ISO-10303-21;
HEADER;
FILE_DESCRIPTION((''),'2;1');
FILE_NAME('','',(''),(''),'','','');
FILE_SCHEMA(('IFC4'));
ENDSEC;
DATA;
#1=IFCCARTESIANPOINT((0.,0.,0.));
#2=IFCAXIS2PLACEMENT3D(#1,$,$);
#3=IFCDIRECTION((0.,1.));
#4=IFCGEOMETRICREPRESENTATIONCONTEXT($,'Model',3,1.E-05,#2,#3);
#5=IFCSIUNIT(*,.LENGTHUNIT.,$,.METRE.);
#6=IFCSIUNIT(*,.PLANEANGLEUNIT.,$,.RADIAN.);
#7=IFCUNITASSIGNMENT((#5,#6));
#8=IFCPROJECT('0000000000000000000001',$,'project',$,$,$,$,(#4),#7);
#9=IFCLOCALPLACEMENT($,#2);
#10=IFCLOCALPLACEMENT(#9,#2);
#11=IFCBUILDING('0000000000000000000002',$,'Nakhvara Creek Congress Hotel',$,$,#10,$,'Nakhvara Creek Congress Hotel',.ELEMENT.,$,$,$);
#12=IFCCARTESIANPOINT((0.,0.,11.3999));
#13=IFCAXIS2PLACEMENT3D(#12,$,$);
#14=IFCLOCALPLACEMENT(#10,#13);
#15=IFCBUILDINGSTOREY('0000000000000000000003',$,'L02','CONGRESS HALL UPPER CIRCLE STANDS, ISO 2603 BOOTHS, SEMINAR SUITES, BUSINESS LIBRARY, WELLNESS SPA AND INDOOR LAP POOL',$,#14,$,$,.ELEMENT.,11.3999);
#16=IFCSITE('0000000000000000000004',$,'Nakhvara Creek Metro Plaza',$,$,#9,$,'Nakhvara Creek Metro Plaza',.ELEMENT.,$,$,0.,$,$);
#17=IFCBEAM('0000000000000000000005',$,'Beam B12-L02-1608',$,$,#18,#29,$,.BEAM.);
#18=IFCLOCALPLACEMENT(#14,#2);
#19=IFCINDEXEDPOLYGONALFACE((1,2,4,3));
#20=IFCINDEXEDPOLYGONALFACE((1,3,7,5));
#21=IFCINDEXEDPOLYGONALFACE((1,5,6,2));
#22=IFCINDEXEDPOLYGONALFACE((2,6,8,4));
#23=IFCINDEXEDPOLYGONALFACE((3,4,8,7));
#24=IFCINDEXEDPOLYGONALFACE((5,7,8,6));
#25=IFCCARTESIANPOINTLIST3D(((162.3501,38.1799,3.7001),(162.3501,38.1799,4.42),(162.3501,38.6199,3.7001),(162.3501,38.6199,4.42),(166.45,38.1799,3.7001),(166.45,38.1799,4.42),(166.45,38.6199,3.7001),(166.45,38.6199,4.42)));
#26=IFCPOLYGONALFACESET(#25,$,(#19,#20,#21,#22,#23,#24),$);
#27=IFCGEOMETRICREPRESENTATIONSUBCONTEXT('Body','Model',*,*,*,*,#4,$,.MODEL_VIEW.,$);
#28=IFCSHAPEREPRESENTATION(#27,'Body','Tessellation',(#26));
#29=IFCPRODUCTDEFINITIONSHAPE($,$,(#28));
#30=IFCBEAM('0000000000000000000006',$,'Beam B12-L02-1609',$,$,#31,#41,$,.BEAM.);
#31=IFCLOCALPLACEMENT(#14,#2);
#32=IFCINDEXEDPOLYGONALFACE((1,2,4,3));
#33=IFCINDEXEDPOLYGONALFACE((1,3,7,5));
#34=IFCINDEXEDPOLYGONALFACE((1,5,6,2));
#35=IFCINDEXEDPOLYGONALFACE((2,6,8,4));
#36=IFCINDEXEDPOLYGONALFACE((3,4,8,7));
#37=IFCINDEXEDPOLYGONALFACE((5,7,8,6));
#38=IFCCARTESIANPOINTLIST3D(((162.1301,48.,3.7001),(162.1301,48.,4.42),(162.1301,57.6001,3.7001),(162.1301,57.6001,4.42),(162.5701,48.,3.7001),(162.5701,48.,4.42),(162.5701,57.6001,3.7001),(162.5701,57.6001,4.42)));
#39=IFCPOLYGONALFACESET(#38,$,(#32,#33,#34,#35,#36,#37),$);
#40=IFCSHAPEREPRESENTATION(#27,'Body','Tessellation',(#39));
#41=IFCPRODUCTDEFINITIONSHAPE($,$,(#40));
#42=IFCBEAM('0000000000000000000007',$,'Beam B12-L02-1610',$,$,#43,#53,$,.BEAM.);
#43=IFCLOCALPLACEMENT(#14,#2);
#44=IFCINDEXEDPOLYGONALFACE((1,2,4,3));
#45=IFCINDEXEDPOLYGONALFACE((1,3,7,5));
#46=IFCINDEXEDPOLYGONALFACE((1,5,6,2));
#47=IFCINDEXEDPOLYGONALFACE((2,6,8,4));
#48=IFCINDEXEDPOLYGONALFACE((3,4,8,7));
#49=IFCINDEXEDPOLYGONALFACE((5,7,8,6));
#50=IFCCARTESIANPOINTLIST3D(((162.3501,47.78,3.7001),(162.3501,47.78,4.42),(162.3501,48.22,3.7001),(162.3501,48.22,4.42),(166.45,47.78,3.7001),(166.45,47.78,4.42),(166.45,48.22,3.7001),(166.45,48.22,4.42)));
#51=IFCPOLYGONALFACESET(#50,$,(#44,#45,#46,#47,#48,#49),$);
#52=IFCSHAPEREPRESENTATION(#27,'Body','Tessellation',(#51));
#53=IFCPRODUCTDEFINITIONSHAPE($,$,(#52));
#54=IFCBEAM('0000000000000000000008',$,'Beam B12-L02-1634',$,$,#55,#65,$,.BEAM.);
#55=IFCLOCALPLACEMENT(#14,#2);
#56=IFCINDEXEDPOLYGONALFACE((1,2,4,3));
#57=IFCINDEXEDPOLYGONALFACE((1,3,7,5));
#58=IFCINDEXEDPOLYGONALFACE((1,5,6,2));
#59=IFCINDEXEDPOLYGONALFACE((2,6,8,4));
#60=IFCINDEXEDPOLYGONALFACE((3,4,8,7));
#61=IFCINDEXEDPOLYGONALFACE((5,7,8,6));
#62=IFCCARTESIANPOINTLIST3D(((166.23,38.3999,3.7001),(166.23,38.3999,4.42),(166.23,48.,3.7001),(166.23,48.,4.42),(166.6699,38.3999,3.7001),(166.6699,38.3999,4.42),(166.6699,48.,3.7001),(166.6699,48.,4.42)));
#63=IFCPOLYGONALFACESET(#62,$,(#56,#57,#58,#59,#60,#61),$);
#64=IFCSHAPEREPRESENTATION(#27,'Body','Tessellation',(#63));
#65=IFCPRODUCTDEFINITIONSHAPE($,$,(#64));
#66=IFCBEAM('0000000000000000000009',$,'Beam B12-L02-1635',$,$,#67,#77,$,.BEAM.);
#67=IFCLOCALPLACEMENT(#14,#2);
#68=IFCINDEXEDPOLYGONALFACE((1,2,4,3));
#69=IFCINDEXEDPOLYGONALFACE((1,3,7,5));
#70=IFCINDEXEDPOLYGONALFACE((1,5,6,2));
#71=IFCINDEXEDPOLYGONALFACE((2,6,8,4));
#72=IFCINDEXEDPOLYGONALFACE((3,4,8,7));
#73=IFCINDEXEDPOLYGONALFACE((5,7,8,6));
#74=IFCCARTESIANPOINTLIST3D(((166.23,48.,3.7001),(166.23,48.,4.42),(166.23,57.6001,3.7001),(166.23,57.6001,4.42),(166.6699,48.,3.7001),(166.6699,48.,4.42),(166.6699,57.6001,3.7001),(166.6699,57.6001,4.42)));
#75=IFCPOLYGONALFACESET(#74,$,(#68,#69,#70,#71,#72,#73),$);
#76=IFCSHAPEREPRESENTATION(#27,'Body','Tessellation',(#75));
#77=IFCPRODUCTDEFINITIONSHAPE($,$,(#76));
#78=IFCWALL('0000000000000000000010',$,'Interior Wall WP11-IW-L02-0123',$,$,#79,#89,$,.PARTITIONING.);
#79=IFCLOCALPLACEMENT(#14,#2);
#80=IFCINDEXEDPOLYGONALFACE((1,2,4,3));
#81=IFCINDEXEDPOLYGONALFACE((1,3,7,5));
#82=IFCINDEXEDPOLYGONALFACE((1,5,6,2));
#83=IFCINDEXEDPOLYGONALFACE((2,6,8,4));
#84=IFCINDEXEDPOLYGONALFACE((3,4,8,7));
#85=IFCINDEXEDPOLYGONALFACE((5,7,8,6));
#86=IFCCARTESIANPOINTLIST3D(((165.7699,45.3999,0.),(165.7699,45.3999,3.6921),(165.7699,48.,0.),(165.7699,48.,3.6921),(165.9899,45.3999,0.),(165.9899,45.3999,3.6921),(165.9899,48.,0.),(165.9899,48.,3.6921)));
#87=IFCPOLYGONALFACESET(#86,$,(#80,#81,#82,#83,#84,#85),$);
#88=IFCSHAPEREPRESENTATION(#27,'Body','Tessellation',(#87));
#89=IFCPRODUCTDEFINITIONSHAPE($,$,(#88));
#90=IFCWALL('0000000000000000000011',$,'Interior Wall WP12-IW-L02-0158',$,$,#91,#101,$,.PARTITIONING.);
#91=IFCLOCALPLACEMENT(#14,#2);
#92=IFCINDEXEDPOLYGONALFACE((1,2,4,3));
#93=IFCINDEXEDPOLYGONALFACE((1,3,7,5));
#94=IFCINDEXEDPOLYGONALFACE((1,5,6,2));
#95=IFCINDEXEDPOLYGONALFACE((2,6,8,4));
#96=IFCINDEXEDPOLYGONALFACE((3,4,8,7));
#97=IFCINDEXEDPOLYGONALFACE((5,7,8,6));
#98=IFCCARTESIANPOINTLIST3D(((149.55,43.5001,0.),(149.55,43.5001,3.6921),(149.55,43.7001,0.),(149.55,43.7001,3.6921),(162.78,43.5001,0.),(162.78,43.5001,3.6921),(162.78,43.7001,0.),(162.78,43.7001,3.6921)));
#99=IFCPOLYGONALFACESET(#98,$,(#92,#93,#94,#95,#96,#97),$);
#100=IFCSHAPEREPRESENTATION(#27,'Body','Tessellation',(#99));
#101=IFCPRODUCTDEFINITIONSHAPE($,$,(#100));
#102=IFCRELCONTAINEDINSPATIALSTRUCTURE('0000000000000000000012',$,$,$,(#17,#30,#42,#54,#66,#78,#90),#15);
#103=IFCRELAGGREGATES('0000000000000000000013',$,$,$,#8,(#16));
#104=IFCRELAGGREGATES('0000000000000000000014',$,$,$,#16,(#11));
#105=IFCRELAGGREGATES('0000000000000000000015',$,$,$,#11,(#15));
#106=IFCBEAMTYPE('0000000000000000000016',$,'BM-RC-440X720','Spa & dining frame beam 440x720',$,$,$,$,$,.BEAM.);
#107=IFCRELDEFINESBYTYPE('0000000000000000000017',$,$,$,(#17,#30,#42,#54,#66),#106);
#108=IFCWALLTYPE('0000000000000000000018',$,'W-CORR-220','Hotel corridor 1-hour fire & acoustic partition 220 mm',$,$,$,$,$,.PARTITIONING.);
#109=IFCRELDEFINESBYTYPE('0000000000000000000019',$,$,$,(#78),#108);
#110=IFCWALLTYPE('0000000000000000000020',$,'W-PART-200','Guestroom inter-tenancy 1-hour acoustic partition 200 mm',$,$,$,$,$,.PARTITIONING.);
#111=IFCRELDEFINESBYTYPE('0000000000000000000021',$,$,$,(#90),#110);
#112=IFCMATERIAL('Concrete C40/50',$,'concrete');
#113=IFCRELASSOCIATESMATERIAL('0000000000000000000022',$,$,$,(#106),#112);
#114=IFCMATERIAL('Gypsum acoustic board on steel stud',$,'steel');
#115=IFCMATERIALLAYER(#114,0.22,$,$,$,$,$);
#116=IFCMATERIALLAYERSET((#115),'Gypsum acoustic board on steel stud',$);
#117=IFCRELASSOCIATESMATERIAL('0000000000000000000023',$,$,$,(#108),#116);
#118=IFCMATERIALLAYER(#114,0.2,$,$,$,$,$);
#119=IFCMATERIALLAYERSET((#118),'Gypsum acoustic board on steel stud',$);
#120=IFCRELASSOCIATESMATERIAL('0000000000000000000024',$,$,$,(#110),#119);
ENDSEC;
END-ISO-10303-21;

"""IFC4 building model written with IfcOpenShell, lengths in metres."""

from ifc_helpers import new_model, si_unit, direction, frame, frame_2d, origin, origin_2d, place, context, subcontext, project, spatial, rectangle, extrude, material, layer, layer_set, material_profile, profile_set, type_object, element, save


model = new_model("IFC4")

# Units and contexts
model_context = context("Model", 3, precision=1e-05, world=origin(), true_north=direction((0.0, 1.0)))
body_context = subcontext(model_context, "Body", "Model", "MODEL_VIEW")
ifc_project = project(units=[si_unit("LENGTHUNIT", "METRE"), si_unit("PLANEANGLEUNIT", "RADIAN")], contexts=[model_context])

# Site, building, storey
site_placement = place(None, origin())
site = spatial("IfcSite", under=ifc_project, at=site_placement, Name="Nakhvara Creek Metro Plaza", LongName="Nakhvara Creek Metro Plaza", CompositionType="ELEMENT", RefElevation=0.0)
building_placement = place(site_placement, origin())
building = spatial("IfcBuilding", under=site, at=building_placement, Name="Nakhvara Creek Congress Hotel", LongName="Nakhvara Creek Congress Hotel", CompositionType="ELEMENT")
storey_placement = place(building_placement, frame((0.0, 0.0, 11.3999)))
storey = spatial("IfcBuildingStorey", under=building, at=storey_placement, Name="L02", Description="CONGRESS HALL UPPER CIRCLE STANDS, ISO 2603 BOOTHS, SEMINAR SUITES, BUSINESS LIBRARY, WELLNESS SPA AND INDOOR LAP POOL", CompositionType="ELEMENT", Elevation=11.3999)

# Beams
ifc_material_1 = material(Name="Concrete C40/50", Category="concrete")
ifc_material_profile_1 = material_profile(ifc_material_1, rectangle(XDim=0.4399, YDim=0.72, at=origin_2d()), Name="RC-BM 440x720", Category="LoadBearing")
ifc_profile_set_1 = profile_set([ifc_material_profile_1], Name="Concrete C40/50")
beam_type = type_object("IfcBeamType", Name="BM-RC-440X720", Description="Spa & dining frame beam 440x720", PredefinedType="BEAM", material=ifc_profile_set_1)
beam_1_placement = place(storey_placement, frame((162.3501, 38.3999, 4.0601), z_axis=(1.0, 0.0, 0.0), x_axis=(0.0, 1.0, 0.0)))
element("IfcBeam", 1, at=beam_1_placement, inside=storey, type_object=beam_type, Name="Beam B12-L02-1608", PredefinedType="BEAM", context=body_context, shape_type="SweptSolid", body=[
    extrude(rectangle(XDim=0.4399, YDim=0.72, at=origin_2d()), origin(), (0.0, 0.0, 1.0), 4.0999),
])
beam_2_placement = place(storey_placement, frame((162.3501, 48.0, 4.0601), z_axis=(0.0, 1.0, 0.0), x_axis=(-1.0, 0.0, 0.0)))
element("IfcBeam", 2, at=beam_2_placement, inside=storey, type_object=beam_type, Name="Beam B12-L02-1609", PredefinedType="BEAM", context=body_context, shape_type="SweptSolid", body=[
    extrude(rectangle(XDim=0.4399, YDim=0.72, at=origin_2d()), origin(), (0.0, 0.0, 1.0), 9.6001),
])
beam_3_placement = place(storey_placement, frame((162.3501, 48.0, 4.0601), z_axis=(1.0, 0.0, 0.0), x_axis=(0.0, 1.0, 0.0)))
element("IfcBeam", 3, at=beam_3_placement, inside=storey, type_object=beam_type, Name="Beam B12-L02-1610", PredefinedType="BEAM", context=body_context, shape_type="SweptSolid", body=[
    extrude(rectangle(XDim=0.4399, YDim=0.72, at=origin_2d()), origin(), (0.0, 0.0, 1.0), 4.0999),
])
for number, where, z_axis, x_axis, name in (
    (4, (166.45, 38.3999, 4.0601), (0.0, 1.0, 0.0), (-1.0, 0.0, 0.0), "Beam B12-L02-1634"),
    (5, (166.45, 48.0, 4.0601), (0.0, 1.0, 0.0), (-1.0, 0.0, 0.0), "Beam B12-L02-1635"),
):
    element("IfcBeam", number, at=place(storey_placement, frame(where, z_axis=z_axis, x_axis=x_axis)), inside=storey, type_object=beam_type, Name=name, PredefinedType="BEAM", context=body_context, shape_type="SweptSolid", body=[
        extrude(rectangle(XDim=0.4399, YDim=0.72, at=origin_2d()), origin(), (0.0, 0.0, 1.0), 9.6001),
    ])

# Walls
ifc_material_2 = material(Name="Gypsum acoustic board on steel stud", Category="steel")
ifc_layer_1 = layer(ifc_material_2, 0.22)
ifc_layer_set_1 = layer_set([ifc_layer_1], Name="Gypsum acoustic board on steel stud")
wall_type_1 = type_object("IfcWallType", Name="W-CORR-220", Description="Hotel corridor 1-hour fire & acoustic partition 220 mm", PredefinedType="PARTITIONING", material=ifc_layer_set_1)
wall_1_placement = place(storey_placement, frame((165.8799, 45.3999, 0.0), z_axis=(0.0, 0.0, 1.0), x_axis=(0.0, 1.0, 0.0)))
element("IfcWall", 6, at=wall_1_placement, inside=storey, type_object=wall_type_1, Name="Interior Wall WP11-IW-L02-0123", PredefinedType="PARTITIONING", context=body_context, shape_type="SweptSolid", body=[
    extrude(rectangle(XDim=2.6001, YDim=0.22, at=frame_2d((1.3, 0.0))), origin(), (0.0, 0.0, 1.0), 3.6921),
])
ifc_layer_2 = layer(ifc_material_2, 0.2)
ifc_layer_set_2 = layer_set([ifc_layer_2], Name="Gypsum acoustic board on steel stud")
wall_type_2 = type_object("IfcWallType", Name="W-PART-200", Description="Guestroom inter-tenancy 1-hour acoustic partition 200 mm", PredefinedType="PARTITIONING", material=ifc_layer_set_2)
wall_2_placement = place(storey_placement, frame((149.55, 43.6001, 0.0), z_axis=(0.0, 0.0, 1.0), x_axis=(1.0, 0.0, 0.0)))
element("IfcWall", 7, at=wall_2_placement, inside=storey, type_object=wall_type_2, Name="Interior Wall WP12-IW-L02-0158", PredefinedType="PARTITIONING", context=body_context, shape_type="SweptSolid", body=[
    extrude(rectangle(XDim=13.23, YDim=0.2, at=frame_2d((6.615, 0.0))), origin(), (0.0, 0.0, 1.0), 3.6921),
])

save(model, "model.ifc")
